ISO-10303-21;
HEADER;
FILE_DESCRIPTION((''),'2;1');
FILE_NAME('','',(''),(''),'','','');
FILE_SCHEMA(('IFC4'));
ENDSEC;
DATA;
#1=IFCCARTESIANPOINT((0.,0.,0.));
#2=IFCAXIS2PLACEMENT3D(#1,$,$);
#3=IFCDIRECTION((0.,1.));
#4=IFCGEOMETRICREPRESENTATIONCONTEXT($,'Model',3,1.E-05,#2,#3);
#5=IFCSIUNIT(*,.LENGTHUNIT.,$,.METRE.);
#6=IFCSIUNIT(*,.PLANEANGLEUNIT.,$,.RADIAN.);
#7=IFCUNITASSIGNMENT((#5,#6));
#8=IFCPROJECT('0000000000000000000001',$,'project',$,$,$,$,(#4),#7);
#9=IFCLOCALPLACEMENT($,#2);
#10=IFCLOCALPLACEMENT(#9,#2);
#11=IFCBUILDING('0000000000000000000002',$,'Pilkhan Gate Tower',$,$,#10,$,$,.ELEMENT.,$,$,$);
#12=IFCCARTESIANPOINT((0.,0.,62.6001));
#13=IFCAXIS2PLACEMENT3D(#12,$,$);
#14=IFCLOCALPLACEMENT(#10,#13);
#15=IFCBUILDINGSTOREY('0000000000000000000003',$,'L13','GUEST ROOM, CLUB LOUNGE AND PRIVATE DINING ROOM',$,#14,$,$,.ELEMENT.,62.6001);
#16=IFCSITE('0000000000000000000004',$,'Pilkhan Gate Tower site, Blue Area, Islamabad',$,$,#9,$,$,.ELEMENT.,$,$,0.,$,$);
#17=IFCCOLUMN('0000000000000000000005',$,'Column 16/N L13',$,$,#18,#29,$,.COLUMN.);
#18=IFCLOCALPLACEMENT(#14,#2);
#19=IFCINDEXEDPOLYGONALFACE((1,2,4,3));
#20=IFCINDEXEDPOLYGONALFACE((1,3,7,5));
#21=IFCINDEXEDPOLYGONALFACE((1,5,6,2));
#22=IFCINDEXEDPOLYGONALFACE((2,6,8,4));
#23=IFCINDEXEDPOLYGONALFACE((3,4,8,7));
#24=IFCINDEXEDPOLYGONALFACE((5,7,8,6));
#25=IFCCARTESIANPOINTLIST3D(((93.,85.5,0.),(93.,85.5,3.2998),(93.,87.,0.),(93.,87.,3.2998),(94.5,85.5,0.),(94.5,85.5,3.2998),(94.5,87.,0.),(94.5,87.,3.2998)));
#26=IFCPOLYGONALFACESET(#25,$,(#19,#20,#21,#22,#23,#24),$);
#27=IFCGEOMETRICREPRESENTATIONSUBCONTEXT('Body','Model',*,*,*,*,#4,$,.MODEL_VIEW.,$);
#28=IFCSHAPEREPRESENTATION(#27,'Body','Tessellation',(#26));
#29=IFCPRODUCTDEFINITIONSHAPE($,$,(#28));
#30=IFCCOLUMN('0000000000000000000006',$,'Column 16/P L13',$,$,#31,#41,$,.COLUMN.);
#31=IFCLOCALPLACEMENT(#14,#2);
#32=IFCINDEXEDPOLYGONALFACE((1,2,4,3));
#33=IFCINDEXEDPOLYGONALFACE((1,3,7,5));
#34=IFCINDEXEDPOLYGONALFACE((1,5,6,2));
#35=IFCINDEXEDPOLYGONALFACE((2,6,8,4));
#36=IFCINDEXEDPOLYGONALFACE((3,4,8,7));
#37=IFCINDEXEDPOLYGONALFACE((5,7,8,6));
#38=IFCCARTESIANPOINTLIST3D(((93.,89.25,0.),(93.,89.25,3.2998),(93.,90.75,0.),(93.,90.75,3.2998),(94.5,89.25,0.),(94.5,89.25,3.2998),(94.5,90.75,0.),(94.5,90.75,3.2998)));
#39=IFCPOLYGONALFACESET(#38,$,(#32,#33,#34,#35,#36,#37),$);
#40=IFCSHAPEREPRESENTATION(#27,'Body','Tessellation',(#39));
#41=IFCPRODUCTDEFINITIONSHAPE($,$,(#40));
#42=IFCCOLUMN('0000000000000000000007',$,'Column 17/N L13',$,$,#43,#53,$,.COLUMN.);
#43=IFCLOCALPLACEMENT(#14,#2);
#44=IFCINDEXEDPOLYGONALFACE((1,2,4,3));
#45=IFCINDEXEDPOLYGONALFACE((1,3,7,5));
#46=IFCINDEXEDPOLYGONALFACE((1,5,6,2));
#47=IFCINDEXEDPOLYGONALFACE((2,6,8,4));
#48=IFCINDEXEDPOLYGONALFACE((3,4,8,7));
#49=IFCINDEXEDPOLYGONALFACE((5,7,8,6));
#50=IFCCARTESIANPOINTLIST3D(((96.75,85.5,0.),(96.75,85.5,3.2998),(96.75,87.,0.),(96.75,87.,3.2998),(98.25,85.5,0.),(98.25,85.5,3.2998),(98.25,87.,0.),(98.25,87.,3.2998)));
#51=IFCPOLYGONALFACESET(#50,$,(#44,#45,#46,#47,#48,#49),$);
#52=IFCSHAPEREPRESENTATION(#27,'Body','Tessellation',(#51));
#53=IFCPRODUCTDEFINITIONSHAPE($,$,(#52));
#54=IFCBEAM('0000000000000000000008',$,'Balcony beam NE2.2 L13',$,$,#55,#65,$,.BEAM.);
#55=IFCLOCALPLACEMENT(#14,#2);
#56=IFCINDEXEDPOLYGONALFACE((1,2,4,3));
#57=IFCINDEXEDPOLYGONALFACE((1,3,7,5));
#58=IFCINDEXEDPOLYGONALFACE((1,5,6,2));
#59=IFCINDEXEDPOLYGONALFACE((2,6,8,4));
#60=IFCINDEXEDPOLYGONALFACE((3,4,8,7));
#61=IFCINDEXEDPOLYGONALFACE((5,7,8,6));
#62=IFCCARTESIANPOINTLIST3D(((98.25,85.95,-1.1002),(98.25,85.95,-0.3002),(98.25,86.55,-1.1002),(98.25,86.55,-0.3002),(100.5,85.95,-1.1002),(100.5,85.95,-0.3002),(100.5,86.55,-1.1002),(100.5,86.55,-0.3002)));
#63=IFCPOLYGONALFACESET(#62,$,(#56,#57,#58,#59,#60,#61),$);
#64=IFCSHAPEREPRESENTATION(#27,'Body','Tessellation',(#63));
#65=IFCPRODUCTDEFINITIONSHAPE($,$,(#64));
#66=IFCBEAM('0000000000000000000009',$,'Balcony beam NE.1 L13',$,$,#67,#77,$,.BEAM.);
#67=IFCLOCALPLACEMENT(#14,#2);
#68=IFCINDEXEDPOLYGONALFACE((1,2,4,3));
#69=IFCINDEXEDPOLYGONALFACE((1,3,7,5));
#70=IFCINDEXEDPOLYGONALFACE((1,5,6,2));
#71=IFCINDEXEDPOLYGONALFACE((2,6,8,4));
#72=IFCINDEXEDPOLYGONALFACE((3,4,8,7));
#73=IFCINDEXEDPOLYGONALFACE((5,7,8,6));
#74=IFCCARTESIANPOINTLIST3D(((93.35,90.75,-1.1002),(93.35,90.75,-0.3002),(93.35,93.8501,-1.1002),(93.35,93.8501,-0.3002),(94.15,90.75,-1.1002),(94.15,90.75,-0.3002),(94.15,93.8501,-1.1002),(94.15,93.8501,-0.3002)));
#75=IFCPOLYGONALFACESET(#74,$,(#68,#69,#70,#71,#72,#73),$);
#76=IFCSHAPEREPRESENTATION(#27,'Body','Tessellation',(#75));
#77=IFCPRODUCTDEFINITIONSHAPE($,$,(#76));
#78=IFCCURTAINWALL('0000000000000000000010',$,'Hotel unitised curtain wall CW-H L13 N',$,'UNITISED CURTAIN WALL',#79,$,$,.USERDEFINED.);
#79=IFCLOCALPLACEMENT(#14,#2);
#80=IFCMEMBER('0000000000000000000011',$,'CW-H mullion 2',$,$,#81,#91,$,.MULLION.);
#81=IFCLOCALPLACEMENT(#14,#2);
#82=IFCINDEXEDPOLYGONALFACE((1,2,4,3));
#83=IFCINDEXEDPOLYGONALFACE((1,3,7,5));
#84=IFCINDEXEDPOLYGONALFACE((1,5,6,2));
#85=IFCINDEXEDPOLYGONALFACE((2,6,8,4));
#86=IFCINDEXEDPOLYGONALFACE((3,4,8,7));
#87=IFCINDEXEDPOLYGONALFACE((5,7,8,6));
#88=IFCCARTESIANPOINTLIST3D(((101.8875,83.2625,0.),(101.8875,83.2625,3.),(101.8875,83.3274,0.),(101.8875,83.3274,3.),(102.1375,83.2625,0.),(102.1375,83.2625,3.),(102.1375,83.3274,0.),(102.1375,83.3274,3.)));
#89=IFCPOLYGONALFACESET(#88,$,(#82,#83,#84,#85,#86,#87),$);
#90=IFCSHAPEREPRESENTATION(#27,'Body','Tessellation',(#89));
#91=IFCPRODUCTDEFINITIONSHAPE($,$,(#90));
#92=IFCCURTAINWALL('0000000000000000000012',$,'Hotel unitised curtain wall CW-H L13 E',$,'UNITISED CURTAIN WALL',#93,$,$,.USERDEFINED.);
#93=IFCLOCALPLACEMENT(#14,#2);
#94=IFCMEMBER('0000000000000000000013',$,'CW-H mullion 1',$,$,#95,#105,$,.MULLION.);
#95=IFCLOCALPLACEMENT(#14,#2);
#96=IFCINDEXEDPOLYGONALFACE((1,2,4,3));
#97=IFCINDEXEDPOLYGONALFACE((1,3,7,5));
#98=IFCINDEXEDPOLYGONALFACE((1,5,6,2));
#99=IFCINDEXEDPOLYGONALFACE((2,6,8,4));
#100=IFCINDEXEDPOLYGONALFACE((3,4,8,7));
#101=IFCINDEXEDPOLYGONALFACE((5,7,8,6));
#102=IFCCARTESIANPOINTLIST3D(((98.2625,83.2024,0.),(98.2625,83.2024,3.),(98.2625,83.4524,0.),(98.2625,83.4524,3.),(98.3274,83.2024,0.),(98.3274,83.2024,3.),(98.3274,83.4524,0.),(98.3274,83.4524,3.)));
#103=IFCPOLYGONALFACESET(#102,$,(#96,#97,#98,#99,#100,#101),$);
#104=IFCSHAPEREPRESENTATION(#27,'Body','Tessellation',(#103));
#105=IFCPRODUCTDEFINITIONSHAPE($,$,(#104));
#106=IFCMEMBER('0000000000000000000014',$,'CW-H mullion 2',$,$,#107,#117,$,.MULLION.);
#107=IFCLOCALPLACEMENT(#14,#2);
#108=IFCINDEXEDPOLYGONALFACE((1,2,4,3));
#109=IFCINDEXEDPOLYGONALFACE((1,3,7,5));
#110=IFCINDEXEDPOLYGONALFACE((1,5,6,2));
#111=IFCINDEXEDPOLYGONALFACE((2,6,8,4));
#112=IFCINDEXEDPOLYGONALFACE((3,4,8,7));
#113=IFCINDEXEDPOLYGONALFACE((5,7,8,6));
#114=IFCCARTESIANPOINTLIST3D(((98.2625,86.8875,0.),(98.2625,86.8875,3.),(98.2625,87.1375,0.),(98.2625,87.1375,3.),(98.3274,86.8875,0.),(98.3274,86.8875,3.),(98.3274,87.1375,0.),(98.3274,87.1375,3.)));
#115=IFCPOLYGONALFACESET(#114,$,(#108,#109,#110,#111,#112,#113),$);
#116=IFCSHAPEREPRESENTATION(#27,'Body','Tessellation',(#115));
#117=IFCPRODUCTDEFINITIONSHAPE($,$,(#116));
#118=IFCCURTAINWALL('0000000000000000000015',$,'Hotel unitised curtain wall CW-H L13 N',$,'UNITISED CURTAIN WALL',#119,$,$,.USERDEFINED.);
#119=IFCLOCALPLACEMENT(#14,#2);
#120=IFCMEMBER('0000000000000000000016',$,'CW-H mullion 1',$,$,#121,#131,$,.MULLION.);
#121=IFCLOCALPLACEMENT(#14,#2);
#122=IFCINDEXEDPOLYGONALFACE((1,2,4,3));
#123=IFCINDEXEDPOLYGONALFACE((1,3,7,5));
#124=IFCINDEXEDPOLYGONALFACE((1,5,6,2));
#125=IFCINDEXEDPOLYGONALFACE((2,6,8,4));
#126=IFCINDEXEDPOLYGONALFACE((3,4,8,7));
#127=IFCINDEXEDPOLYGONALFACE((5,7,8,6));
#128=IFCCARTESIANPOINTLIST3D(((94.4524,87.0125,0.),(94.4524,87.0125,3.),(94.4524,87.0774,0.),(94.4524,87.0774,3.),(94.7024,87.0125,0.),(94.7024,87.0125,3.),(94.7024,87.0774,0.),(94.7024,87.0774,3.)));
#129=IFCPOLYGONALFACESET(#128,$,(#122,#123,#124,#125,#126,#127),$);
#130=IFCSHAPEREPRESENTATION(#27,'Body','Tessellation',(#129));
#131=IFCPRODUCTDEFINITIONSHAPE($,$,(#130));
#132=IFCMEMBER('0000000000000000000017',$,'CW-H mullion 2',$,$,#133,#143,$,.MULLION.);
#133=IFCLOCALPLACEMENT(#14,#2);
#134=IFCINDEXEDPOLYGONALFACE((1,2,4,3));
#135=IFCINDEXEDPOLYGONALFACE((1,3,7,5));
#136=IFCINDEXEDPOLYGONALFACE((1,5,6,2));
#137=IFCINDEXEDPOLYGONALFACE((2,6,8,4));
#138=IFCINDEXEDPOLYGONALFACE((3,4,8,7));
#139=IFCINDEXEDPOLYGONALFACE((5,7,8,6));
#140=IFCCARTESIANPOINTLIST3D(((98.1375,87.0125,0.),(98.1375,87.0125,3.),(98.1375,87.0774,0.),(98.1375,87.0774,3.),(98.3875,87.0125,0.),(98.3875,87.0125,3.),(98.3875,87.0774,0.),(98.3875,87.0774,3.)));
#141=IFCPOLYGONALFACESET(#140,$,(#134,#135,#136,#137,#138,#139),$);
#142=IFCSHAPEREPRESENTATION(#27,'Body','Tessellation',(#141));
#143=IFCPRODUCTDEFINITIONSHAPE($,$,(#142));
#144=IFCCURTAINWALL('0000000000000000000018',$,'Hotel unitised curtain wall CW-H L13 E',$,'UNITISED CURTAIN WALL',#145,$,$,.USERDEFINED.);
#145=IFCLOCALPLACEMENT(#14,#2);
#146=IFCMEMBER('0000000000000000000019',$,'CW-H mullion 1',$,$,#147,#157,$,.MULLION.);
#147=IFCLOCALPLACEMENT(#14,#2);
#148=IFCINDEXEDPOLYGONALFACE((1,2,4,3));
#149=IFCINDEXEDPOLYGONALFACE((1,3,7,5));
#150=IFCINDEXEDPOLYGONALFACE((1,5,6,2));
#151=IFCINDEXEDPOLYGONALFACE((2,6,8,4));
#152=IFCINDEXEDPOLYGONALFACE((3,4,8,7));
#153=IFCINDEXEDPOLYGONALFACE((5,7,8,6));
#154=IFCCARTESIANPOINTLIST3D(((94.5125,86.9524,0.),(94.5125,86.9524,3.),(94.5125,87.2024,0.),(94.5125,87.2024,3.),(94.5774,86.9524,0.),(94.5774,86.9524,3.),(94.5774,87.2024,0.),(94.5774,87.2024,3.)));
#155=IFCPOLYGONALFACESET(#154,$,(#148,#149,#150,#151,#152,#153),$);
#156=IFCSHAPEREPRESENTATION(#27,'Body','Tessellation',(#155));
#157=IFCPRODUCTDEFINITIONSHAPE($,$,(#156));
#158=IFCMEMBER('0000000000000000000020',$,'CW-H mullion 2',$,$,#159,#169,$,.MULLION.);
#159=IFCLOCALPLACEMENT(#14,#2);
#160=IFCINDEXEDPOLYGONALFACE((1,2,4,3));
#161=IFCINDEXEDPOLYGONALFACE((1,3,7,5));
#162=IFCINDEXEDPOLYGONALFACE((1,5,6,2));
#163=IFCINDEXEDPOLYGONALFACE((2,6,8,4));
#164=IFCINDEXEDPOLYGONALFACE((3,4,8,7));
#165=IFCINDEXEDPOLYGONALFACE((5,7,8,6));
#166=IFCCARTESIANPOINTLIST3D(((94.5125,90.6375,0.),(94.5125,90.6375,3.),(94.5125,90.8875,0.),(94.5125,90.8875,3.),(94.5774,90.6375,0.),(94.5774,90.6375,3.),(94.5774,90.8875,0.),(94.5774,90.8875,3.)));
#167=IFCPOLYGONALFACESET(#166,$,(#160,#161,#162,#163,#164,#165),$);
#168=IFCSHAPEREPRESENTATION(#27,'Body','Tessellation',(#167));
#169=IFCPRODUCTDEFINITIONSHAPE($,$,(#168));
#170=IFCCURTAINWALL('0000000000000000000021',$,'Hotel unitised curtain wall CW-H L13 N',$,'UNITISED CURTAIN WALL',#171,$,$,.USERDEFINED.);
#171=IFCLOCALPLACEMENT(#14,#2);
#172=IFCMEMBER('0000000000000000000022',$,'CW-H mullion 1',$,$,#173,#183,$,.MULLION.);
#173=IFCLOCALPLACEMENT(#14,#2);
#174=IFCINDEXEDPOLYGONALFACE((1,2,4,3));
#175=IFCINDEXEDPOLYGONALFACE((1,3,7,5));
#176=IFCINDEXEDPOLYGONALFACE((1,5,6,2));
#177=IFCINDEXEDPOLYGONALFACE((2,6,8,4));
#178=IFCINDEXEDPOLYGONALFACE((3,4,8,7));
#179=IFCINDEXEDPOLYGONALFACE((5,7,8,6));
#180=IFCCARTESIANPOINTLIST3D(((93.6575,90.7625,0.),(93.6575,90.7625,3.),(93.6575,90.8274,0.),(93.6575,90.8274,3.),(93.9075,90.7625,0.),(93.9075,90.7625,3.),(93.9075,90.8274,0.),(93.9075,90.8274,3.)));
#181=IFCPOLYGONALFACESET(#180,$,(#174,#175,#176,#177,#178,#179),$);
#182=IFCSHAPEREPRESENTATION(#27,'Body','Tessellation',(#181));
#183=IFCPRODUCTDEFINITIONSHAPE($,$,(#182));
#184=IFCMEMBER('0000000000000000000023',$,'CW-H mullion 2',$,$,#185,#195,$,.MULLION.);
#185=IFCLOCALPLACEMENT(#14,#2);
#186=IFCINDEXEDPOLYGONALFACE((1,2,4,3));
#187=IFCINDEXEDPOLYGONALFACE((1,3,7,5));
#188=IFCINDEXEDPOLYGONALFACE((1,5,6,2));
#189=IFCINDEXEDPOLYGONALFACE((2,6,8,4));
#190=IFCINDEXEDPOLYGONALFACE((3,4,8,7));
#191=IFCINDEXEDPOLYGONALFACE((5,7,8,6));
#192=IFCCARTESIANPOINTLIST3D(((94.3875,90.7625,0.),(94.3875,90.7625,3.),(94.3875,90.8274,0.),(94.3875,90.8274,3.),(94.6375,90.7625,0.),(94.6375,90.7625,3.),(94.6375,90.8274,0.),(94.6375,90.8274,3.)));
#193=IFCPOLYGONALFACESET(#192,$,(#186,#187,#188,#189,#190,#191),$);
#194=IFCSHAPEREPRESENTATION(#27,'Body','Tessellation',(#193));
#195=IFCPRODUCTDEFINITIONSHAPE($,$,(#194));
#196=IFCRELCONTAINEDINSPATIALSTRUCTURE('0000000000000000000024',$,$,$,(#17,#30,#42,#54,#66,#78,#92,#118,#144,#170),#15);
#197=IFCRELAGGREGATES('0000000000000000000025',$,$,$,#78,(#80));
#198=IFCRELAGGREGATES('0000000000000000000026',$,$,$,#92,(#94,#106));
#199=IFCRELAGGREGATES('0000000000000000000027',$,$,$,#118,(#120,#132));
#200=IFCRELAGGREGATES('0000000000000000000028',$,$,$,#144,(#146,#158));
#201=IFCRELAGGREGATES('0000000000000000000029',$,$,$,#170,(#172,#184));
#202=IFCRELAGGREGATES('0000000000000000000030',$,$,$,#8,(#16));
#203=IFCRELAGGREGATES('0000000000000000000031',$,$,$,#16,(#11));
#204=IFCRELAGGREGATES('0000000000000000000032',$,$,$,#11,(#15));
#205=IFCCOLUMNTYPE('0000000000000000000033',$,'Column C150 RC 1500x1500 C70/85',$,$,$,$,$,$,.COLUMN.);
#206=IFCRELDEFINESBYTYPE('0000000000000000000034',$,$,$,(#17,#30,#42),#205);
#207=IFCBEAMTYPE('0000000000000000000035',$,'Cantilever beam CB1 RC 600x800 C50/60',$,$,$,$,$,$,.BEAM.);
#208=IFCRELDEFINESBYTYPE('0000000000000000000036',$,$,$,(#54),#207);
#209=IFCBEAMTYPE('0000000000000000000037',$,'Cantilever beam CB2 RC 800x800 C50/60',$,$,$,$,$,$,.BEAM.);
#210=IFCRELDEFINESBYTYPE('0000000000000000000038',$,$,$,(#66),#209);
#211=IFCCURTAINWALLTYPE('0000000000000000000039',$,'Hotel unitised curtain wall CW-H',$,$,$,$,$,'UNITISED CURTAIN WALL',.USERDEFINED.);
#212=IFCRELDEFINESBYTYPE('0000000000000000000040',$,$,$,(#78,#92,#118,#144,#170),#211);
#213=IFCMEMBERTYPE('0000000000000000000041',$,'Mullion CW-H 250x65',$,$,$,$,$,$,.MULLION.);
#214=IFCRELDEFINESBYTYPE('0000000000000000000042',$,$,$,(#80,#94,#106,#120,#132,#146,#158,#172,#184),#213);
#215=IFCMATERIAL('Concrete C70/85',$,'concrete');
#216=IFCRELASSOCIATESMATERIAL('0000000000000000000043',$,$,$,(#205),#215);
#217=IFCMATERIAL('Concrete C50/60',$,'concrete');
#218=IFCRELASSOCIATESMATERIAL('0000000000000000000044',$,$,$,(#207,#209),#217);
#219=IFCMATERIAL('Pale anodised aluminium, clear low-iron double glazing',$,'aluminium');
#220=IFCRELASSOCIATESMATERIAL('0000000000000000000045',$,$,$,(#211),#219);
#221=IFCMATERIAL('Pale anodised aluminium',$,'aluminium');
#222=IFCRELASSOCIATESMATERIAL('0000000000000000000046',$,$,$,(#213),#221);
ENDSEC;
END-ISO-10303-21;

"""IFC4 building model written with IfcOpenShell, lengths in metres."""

from ifc_helpers import new_model, si_unit, direction, frame, origin, origin_2d, place, context, subcontext, project, spatial, rectangle, extrude, material, material_profile, profile_set, type_object, element, aggregate, save


model = new_model("IFC4")

# Units and contexts
model_context = context("Model", 3, precision=1e-05, world=origin(), true_north=direction((0.0, 1.0)))
body_context = subcontext(model_context, "Body", "Model", "MODEL_VIEW")
ifc_project = project(units=[si_unit("LENGTHUNIT", "METRE"), si_unit("PLANEANGLEUNIT", "RADIAN")], contexts=[model_context])

# Site, building, storey
site_placement = place(None, origin())
site = spatial("IfcSite", under=ifc_project, at=site_placement, Name="Pilkhan Gate Tower site, Blue Area, Islamabad", CompositionType="ELEMENT", RefElevation=0.0)
building_placement = place(site_placement, origin())
building = spatial("IfcBuilding", under=site, at=building_placement, Name="Pilkhan Gate Tower", CompositionType="ELEMENT")
storey_placement = place(building_placement, frame((0.0, 0.0, 62.6001)))
storey = spatial("IfcBuildingStorey", under=building, at=storey_placement, Name="L13", Description="GUEST ROOM, CLUB LOUNGE AND PRIVATE DINING ROOM", CompositionType="ELEMENT", Elevation=62.6001)

# Columns
ifc_material_1 = material(Name="Concrete C70/85", Category="concrete")
ifc_material_profile_1 = material_profile(ifc_material_1, rectangle(XDim=1.5, YDim=1.5, at=origin_2d()), Name="RC 1500x1500")
ifc_profile_set_1 = profile_set([ifc_material_profile_1], Name="Concrete C70/85")
column_type = type_object("IfcColumnType", Name="Column C150 RC 1500x1500 C70/85", PredefinedType="COLUMN", material=ifc_profile_set_1)
for number, where, z_axis, x_axis, name in (
    (1, (93.75, 86.25, 0.0), (0.0, 0.0, 1.0), (1.0, 0.0, 0.0), "Column 16/N L13"),
    (2, (93.75, 90.0, 0.0), (0.0, 0.0, 1.0), (1.0, 0.0, 0.0), "Column 16/P L13"),
    (3, (97.5, 86.25, 0.0), (0.0, 0.0, 1.0), (1.0, 0.0, 0.0), "Column 17/N L13"),
):
    element("IfcColumn", number, at=place(storey_placement, frame(where, z_axis=z_axis, x_axis=x_axis)), inside=storey, type_object=column_type, Name=name, PredefinedType="COLUMN", context=body_context, shape_type="SweptSolid", body=[
        extrude(rectangle(XDim=1.5, YDim=1.5, at=origin_2d()), origin(), (0.0, 0.0, 1.0), 3.2998),
    ])

# Beams
ifc_material_2 = material(Name="Concrete C50/60", Category="concrete")
ifc_material_profile_2 = material_profile(ifc_material_2, rectangle(XDim=0.6001, YDim=0.8, at=origin_2d()), Name="RC 600x800")
ifc_profile_set_2 = profile_set([ifc_material_profile_2], Name="Concrete C50/60")
beam_type_1 = type_object("IfcBeamType", Name="Cantilever beam CB1 RC 600x800 C50/60", PredefinedType="BEAM", material=ifc_profile_set_2)
beam_1_placement = place(storey_placement, frame((98.25, 86.25, -0.7002), z_axis=(1.0, 0.0, 0.0), x_axis=(0.0, 1.0, 0.0)))
element("IfcBeam", 4, at=beam_1_placement, inside=storey, type_object=beam_type_1, Name="Balcony beam NE2.2 L13", PredefinedType="BEAM", context=body_context, shape_type="SweptSolid", body=[
    extrude(rectangle(XDim=0.6001, YDim=0.8, at=origin_2d()), origin(), (0.0, 0.0, 1.0), 2.25),
])
ifc_material_profile_3 = material_profile(ifc_material_2, rectangle(XDim=0.8, YDim=0.8, at=origin_2d()), Name="RC 800x800")
ifc_profile_set_3 = profile_set([ifc_material_profile_3], Name="Concrete C50/60")
beam_type_2 = type_object("IfcBeamType", Name="Cantilever beam CB2 RC 800x800 C50/60", PredefinedType="BEAM", material=ifc_profile_set_3)
beam_2_placement = place(storey_placement, frame((93.75, 90.75, -0.7002), z_axis=(0.0, 1.0, 0.0), x_axis=(-1.0, 0.0, 0.0)))
element("IfcBeam", 5, at=beam_2_placement, inside=storey, type_object=beam_type_2, Name="Balcony beam NE.1 L13", PredefinedType="BEAM", context=body_context, shape_type="SweptSolid", body=[
    extrude(rectangle(XDim=0.8, YDim=0.8, at=origin_2d()), origin(), (0.0, 0.0, 1.0), 3.1001),
])

# Curtain wall, member
ifc_material_3 = material(Name="Pale anodised aluminium, clear low-iron double glazing", Category="aluminium")
curtain_wall_type = type_object("IfcCurtainWallType", Name="Hotel unitised curtain wall CW-H", ElementType="UNITISED CURTAIN WALL", PredefinedType="USERDEFINED", material=ifc_material_3)
curtain_wall_1_placement = place(storey_placement, origin())
curtain_wall_1 = element("IfcCurtainWall", 6, at=curtain_wall_1_placement, inside=storey, type_object=curtain_wall_type, Name="Hotel unitised curtain wall CW-H L13 N", ObjectType="UNITISED CURTAIN WALL", PredefinedType="USERDEFINED")
ifc_material_4 = material(Name="Pale anodised aluminium", Category="aluminium")
ifc_material_profile_4 = material_profile(ifc_material_4, rectangle(XDim=0.0649, YDim=0.25, at=origin_2d()), Name="Mullion 250x65")
ifc_profile_set_4 = profile_set([ifc_material_profile_4], Name="Pale anodised aluminium")
member_type_1 = type_object("IfcMemberType", Name="Mullion CW-H 250x65", PredefinedType="MULLION", material=ifc_profile_set_4)
member_1_placement = place(storey_placement, frame((102.0125, 83.2949, 0.0), z_axis=(0.0, 0.0, 1.0), x_axis=(0.0, 1.0, 0.0)))
member_1 = element("IfcMember", 7, at=member_1_placement, type_object=member_type_1, Name="CW-H mullion 2", PredefinedType="MULLION", context=body_context, shape_type="SweptSolid", body=[
    extrude(rectangle(XDim=0.0649, YDim=0.25, at=origin_2d()), origin(), (0.0, 0.0, 1.0), 3.0),
])
aggregate(curtain_wall_1, [member_1])

# Curtain walls, members
curtain_wall_2_placement = place(storey_placement, origin())
curtain_wall_2 = element("IfcCurtainWall", 8, at=curtain_wall_2_placement, inside=storey, type_object=curtain_wall_type, Name="Hotel unitised curtain wall CW-H L13 E", ObjectType="UNITISED CURTAIN WALL", PredefinedType="USERDEFINED")
member_2_placement = place(storey_placement, frame((98.2949, 83.3274, 0.0), z_axis=(0.0, 0.0, 1.0), x_axis=(-1.0, 0.0, 0.0)))
member_2 = element("IfcMember", 9, at=member_2_placement, type_object=member_type_1, Name="CW-H mullion 1", PredefinedType="MULLION", context=body_context, shape_type="SweptSolid", body=[
    extrude(rectangle(XDim=0.0649, YDim=0.25, at=origin_2d()), origin(), (0.0, 0.0, 1.0), 3.0),
])
member_3_placement = place(storey_placement, frame((98.2949, 87.0125, 0.0), z_axis=(0.0, 0.0, 1.0), x_axis=(-1.0, 0.0, 0.0)))
member_3 = element("IfcMember", 10, at=member_3_placement, type_object=member_type_1, Name="CW-H mullion 2", PredefinedType="MULLION", context=body_context, shape_type="SweptSolid", body=[
    extrude(rectangle(XDim=0.0649, YDim=0.25, at=origin_2d()), origin(), (0.0, 0.0, 1.0), 3.0),
])
curtain_wall_3_placement = place(storey_placement, origin())
curtain_wall_3 = element("IfcCurtainWall", 11, at=curtain_wall_3_placement, inside=storey, type_object=curtain_wall_type, Name="Hotel unitised curtain wall CW-H L13 N", ObjectType="UNITISED CURTAIN WALL", PredefinedType="USERDEFINED")
member_4_placement = place(storey_placement, frame((94.5774, 87.0449, 0.0), z_axis=(0.0, 0.0, 1.0), x_axis=(0.0, 1.0, 0.0)))
member_4 = element("IfcMember", 12, at=member_4_placement, type_object=member_type_1, Name="CW-H mullion 1", PredefinedType="MULLION", context=body_context, shape_type="SweptSolid", body=[
    extrude(rectangle(XDim=0.0649, YDim=0.25, at=origin_2d()), origin(), (0.0, 0.0, 1.0), 3.0),
])
member_5_placement = place(storey_placement, frame((98.2625, 87.0449, 0.0), z_axis=(0.0, 0.0, 1.0), x_axis=(0.0, 1.0, 0.0)))
member_5 = element("IfcMember", 13, at=member_5_placement, type_object=member_type_1, Name="CW-H mullion 2", PredefinedType="MULLION", context=body_context, shape_type="SweptSolid", body=[
    extrude(rectangle(XDim=0.0649, YDim=0.25, at=origin_2d()), origin(), (0.0, 0.0, 1.0), 3.0),
])
curtain_wall_4_placement = place(storey_placement, origin())
curtain_wall_4 = element("IfcCurtainWall", 14, at=curtain_wall_4_placement, inside=storey, type_object=curtain_wall_type, Name="Hotel unitised curtain wall CW-H L13 E", ObjectType="UNITISED CURTAIN WALL", PredefinedType="USERDEFINED")
member_6_placement = place(storey_placement, frame((94.5449, 87.0774, 0.0), z_axis=(0.0, 0.0, 1.0), x_axis=(-1.0, 0.0, 0.0)))
member_6 = element("IfcMember", 15, at=member_6_placement, type_object=member_type_1, Name="CW-H mullion 1", PredefinedType="MULLION", context=body_context, shape_type="SweptSolid", body=[
    extrude(rectangle(XDim=0.0649, YDim=0.25, at=origin_2d()), origin(), (0.0, 0.0, 1.0), 3.0),
])
member_7_placement = place(storey_placement, frame((94.5449, 90.7625, 0.0), z_axis=(0.0, 0.0, 1.0), x_axis=(-1.0, 0.0, 0.0)))
member_7 = element("IfcMember", 16, at=member_7_placement, type_object=member_type_1, Name="CW-H mullion 2", PredefinedType="MULLION", context=body_context, shape_type="SweptSolid", body=[
    extrude(rectangle(XDim=0.0649, YDim=0.25, at=origin_2d()), origin(), (0.0, 0.0, 1.0), 3.0),
])
curtain_wall_5_placement = place(storey_placement, origin())
curtain_wall_5 = element("IfcCurtainWall", 17, at=curtain_wall_5_placement, inside=storey, type_object=curtain_wall_type, Name="Hotel unitised curtain wall CW-H L13 N", ObjectType="UNITISED CURTAIN WALL", PredefinedType="USERDEFINED")
member_8_placement = place(storey_placement, frame((93.7825, 90.7949, 0.0), z_axis=(0.0, 0.0, 1.0), x_axis=(0.0, 1.0, 0.0)))
member_8 = element("IfcMember", 18, at=member_8_placement, type_object=member_type_1, Name="CW-H mullion 1", PredefinedType="MULLION", context=body_context, shape_type="SweptSolid", body=[
    extrude(rectangle(XDim=0.0649, YDim=0.25, at=origin_2d()), origin(), (0.0, 0.0, 1.0), 3.0),
])
member_9_placement = place(storey_placement, frame((94.5125, 90.7949, 0.0), z_axis=(0.0, 0.0, 1.0), x_axis=(0.0, 1.0, 0.0)))
member_9 = element("IfcMember", 19, at=member_9_placement, type_object=member_type_1, Name="CW-H mullion 2", PredefinedType="MULLION", context=body_context, shape_type="SweptSolid", body=[
    extrude(rectangle(XDim=0.0649, YDim=0.25, at=origin_2d()), origin(), (0.0, 0.0, 1.0), 3.0),
])

aggregate(curtain_wall_2, [member_2, member_3])
aggregate(curtain_wall_3, [member_4, member_5])
aggregate(curtain_wall_4, [member_6, member_7])
aggregate(curtain_wall_5, [member_8, member_9])

save(model, "model.ifc")
